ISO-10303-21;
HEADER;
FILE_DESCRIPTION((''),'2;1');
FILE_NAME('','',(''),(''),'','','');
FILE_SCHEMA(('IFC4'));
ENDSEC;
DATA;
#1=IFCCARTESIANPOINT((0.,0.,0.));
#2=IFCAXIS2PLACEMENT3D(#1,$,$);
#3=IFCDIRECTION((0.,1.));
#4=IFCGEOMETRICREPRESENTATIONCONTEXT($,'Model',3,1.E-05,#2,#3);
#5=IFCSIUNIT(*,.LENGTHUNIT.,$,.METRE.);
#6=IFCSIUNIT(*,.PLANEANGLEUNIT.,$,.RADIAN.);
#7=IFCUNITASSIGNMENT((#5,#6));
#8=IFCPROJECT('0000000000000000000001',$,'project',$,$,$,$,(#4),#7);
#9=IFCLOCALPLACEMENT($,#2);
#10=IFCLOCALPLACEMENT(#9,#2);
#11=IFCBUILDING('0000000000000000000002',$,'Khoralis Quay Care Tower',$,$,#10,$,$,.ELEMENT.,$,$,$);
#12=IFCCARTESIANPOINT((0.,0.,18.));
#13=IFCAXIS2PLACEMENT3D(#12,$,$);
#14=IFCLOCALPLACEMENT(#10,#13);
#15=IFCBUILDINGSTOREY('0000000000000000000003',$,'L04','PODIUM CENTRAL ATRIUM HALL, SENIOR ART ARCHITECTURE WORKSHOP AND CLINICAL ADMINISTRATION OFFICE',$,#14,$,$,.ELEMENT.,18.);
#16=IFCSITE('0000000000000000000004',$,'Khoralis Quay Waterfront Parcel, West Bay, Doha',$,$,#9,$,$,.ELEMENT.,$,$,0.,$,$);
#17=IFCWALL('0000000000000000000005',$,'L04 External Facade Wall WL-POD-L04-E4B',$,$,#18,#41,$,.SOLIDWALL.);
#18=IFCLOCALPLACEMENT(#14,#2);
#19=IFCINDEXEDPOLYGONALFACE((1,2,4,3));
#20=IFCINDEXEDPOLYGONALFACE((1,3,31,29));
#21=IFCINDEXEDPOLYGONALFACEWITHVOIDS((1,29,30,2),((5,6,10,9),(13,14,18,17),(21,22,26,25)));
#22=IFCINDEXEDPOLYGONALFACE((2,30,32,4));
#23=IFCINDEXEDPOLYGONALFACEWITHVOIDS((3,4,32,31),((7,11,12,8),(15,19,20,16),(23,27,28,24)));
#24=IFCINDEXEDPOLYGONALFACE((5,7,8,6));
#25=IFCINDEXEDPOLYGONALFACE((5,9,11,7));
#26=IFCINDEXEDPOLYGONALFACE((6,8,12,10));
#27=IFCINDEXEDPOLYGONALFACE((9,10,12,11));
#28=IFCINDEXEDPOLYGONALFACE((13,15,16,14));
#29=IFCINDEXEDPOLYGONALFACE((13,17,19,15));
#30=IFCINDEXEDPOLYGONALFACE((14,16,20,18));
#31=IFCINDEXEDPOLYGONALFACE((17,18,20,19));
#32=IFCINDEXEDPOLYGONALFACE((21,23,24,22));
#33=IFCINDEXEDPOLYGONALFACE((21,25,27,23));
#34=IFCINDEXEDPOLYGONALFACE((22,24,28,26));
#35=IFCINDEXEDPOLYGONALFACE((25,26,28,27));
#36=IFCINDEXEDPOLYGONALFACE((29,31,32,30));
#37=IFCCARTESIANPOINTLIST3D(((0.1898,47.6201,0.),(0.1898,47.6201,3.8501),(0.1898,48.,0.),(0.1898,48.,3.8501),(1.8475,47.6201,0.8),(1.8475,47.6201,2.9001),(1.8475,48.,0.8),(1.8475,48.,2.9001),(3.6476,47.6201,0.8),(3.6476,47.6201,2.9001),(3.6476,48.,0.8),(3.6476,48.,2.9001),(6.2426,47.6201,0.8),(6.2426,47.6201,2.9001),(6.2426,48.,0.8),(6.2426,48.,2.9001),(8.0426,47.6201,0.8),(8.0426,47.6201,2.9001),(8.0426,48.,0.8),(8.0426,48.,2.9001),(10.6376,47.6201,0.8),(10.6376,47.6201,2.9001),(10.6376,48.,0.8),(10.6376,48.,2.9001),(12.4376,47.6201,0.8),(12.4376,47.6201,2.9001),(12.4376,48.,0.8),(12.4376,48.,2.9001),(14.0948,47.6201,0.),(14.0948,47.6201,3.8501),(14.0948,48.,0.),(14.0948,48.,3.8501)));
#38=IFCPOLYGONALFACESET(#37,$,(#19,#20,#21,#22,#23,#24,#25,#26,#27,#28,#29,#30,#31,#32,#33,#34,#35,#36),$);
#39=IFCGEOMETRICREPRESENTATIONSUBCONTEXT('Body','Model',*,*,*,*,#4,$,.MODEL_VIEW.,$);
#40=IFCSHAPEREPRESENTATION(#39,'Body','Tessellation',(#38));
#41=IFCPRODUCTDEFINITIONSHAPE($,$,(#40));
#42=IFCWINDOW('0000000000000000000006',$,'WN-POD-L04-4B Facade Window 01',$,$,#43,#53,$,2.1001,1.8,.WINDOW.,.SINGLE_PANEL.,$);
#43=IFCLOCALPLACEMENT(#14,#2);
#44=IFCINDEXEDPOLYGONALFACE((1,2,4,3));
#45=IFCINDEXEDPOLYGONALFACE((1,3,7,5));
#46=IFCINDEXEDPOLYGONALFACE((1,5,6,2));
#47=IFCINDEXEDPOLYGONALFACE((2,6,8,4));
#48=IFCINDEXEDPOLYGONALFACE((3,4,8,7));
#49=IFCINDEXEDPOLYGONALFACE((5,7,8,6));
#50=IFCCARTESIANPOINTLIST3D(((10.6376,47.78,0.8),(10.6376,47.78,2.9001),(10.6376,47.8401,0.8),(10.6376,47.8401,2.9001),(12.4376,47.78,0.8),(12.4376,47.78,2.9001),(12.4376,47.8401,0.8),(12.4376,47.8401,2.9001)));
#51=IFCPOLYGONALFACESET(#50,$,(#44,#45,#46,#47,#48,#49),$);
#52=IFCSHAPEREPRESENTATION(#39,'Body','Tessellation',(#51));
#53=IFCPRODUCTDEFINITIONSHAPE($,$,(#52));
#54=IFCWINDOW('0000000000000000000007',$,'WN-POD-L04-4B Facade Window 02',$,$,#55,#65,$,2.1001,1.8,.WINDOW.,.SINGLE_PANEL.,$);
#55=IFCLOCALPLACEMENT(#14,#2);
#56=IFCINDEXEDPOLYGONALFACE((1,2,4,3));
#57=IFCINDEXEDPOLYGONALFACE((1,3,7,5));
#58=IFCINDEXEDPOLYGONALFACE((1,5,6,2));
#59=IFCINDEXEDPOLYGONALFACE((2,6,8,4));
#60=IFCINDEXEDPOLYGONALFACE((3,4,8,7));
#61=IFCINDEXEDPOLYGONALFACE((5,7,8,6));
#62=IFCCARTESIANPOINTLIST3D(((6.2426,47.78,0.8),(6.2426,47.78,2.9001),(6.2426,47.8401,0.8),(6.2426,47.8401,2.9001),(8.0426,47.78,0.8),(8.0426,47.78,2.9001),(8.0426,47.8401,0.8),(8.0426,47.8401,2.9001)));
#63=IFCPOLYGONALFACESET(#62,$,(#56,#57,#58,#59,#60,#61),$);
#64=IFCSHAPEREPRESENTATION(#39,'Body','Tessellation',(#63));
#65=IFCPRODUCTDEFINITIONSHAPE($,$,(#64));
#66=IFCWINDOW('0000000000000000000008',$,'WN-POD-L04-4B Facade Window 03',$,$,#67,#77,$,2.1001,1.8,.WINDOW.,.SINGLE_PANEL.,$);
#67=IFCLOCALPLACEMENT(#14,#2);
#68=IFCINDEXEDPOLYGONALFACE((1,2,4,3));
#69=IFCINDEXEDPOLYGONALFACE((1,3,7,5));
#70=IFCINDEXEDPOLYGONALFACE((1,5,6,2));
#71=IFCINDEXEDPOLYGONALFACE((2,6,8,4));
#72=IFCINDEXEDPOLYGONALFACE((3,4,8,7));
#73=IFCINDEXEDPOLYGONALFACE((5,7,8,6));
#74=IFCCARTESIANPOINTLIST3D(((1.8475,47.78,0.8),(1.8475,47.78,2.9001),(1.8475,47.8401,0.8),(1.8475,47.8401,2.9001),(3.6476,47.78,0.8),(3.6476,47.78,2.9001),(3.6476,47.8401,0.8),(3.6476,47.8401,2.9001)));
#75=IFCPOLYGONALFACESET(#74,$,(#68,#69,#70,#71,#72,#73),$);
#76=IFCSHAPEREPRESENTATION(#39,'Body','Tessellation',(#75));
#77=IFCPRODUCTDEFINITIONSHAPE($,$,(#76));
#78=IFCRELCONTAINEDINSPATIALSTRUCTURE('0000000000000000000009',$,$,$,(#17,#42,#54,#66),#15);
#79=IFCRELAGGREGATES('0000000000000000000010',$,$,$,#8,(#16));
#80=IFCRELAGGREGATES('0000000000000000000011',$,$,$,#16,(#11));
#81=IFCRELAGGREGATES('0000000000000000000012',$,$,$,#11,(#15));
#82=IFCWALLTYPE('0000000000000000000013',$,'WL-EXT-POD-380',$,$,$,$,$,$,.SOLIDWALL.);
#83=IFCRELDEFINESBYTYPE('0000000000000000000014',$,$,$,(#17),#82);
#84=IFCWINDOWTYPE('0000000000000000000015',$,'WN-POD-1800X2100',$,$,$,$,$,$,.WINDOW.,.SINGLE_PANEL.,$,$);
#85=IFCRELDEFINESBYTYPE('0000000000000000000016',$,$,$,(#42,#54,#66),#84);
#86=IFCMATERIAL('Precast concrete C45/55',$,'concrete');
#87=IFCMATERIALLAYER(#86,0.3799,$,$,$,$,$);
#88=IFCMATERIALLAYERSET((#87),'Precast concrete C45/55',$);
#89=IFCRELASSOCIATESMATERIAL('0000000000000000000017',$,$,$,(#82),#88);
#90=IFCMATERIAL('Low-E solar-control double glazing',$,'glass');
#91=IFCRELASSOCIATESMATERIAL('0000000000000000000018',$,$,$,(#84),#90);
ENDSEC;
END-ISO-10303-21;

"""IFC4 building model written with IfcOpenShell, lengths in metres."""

from ifc_helpers import new_model, si_unit, direction, frame, frame_2d, origin, place, context, subcontext, project, spatial, rectangle, extrude, source, transform, mapped, material, layer, layer_set, type_object, element, fill, save


model = new_model("IFC4")

# Units and contexts
model_context = context("Model", 3, precision=1e-05, world=origin(), true_north=direction((0.0, 1.0)))
body_context = subcontext(model_context, "Body", "Model", "MODEL_VIEW")
ifc_project = project(units=[si_unit("LENGTHUNIT", "METRE"), si_unit("PLANEANGLEUNIT", "RADIAN")], contexts=[model_context])

# Site, building, storey
site_placement = place(None, origin())
site = spatial("IfcSite", under=ifc_project, at=site_placement, Name="Khoralis Quay Waterfront Parcel, West Bay, Doha", CompositionType="ELEMENT", RefElevation=0.0)
building_placement = place(site_placement, origin())
building = spatial("IfcBuilding", under=site, at=building_placement, Name="Khoralis Quay Care Tower", CompositionType="ELEMENT")
storey_placement = place(building_placement, frame((0.0, 0.0, 18.0)))
storey = spatial("IfcBuildingStorey", under=building, at=storey_placement, Name="L04", Description="PODIUM CENTRAL ATRIUM HALL, SENIOR ART ARCHITECTURE WORKSHOP AND CLINICAL ADMINISTRATION OFFICE", CompositionType="ELEMENT", Elevation=18.0)

# Shared definitions
ifc_material_1 = material(Name="Low-E solar-control double glazing", Category="glass")

# Wall, openings, windows
ifc_material_2 = material(Name="Precast concrete C45/55", Category="concrete")
ifc_layer_1 = layer(ifc_material_2, 0.3799)
ifc_layer_set_1 = layer_set([ifc_layer_1], Name="Precast concrete C45/55")
wall_type = type_object("IfcWallType", Name="WL-EXT-POD-380", PredefinedType="SOLIDWALL", material=ifc_layer_set_1)
wall_placement = place(storey_placement, frame((14.095, 47.8101, 0.0), z_axis=(0.0, 0.0, 1.0), x_axis=(-1.0, 0.0, 0.0)))
wall = element("IfcWall", 1, at=wall_placement, inside=storey, type_object=wall_type, Name="L04 External Facade Wall WL-POD-L04-E4B", PredefinedType="SOLIDWALL", context=body_context, shape_type="SweptSolid", body=[
    extrude(rectangle(XDim=13.905, YDim=0.3799, at=frame_2d((6.9526, 0.0))), origin(), (0.0, 0.0, 1.0), 3.8501),
])
opening_1_placement = place(wall_placement, frame((1.6575, 0.0, 0.8)))
opening_1 = element("IfcOpeningElement", 2, at=opening_1_placement, cuts=wall, PredefinedType="OPENING", context=body_context, shape_type="SweptSolid", body=[
    extrude(rectangle(XDim=1.8, YDim=2.1001, at=frame_2d((0.8999, 1.05))), frame((0.0, 0.2, 0.0), z_axis=(0.0, -1.0, 0.0), x_axis=(1.0, 0.0, 0.0)), (0.0, 0.0, 1.0), 0.3999),
])
opening_2_placement = place(wall_placement, frame((6.0525, 0.0, 0.8)))
opening_2 = element("IfcOpeningElement", 3, at=opening_2_placement, cuts=wall, PredefinedType="OPENING", context=body_context, shape_type="SweptSolid", body=[
    extrude(rectangle(XDim=1.8, YDim=2.1001, at=frame_2d((0.8999, 1.05))), frame((0.0, 0.2, 0.0), z_axis=(0.0, -1.0, 0.0), x_axis=(1.0, 0.0, 0.0)), (0.0, 0.0, 1.0), 0.3999),
])
opening_3_placement = place(wall_placement, frame((10.4475, 0.0, 0.8)))
opening_3 = element("IfcOpeningElement", 4, at=opening_3_placement, cuts=wall, PredefinedType="OPENING", context=body_context, shape_type="SweptSolid", body=[
    extrude(rectangle(XDim=1.8, YDim=2.1001, at=frame_2d((0.8999, 1.05))), frame((0.0, 0.2, 0.0), z_axis=(0.0, -1.0, 0.0), x_axis=(1.0, 0.0, 0.0)), (0.0, 0.0, 1.0), 0.3999),
])
window_type = type_object("IfcWindowType", Name="WN-POD-1800X2100", PartitioningType="SINGLE_PANEL", PredefinedType="WINDOW", material=ifc_material_1)
shared_shape_1 = source(origin(), body_context, "Body", "SweptSolid", [
    extrude(rectangle(XDim=1.8, YDim=2.1001, at=frame_2d((0.8999, 1.05))), frame((0.0, 0.03, 0.0), z_axis=(0.0, -1.0, 0.0), x_axis=(1.0, 0.0, 0.0)), (0.0, 0.0, 1.0), 0.0601),
])
window_1_placement = place(opening_1_placement, origin())
window_1 = element("IfcWindow", 5, at=window_1_placement, inside=storey, type_object=window_type, Name="WN-POD-L04-4B Facade Window 01", OverallHeight=2.1001, OverallWidth=1.8, PartitioningType="SINGLE_PANEL", PredefinedType="WINDOW", context=body_context, shape_type="MappedRepresentation", body=[
    mapped(shared_shape_1, transform((0.0, 0.0, 0.0), scale=1.0)),
])
fill(opening_1, window_1)
window_2_placement = place(opening_2_placement, origin())
window_2 = element("IfcWindow", 6, at=window_2_placement, inside=storey, type_object=window_type, Name="WN-POD-L04-4B Facade Window 02", OverallHeight=2.1001, OverallWidth=1.8, PartitioningType="SINGLE_PANEL", PredefinedType="WINDOW", context=body_context, shape_type="MappedRepresentation", body=[
    mapped(shared_shape_1, transform((0.0, 0.0, 0.0), scale=1.0)),
])
fill(opening_2, window_2)
window_3_placement = place(opening_3_placement, origin())
window_3 = element("IfcWindow", 7, at=window_3_placement, inside=storey, type_object=window_type, Name="WN-POD-L04-4B Facade Window 03", OverallHeight=2.1001, OverallWidth=1.8, PartitioningType="SINGLE_PANEL", PredefinedType="WINDOW", context=body_context, shape_type="MappedRepresentation", body=[
    mapped(shared_shape_1, transform((0.0, 0.0, 0.0), scale=1.0)),
])
fill(opening_3, window_3)

save(model, "model.ifc")
